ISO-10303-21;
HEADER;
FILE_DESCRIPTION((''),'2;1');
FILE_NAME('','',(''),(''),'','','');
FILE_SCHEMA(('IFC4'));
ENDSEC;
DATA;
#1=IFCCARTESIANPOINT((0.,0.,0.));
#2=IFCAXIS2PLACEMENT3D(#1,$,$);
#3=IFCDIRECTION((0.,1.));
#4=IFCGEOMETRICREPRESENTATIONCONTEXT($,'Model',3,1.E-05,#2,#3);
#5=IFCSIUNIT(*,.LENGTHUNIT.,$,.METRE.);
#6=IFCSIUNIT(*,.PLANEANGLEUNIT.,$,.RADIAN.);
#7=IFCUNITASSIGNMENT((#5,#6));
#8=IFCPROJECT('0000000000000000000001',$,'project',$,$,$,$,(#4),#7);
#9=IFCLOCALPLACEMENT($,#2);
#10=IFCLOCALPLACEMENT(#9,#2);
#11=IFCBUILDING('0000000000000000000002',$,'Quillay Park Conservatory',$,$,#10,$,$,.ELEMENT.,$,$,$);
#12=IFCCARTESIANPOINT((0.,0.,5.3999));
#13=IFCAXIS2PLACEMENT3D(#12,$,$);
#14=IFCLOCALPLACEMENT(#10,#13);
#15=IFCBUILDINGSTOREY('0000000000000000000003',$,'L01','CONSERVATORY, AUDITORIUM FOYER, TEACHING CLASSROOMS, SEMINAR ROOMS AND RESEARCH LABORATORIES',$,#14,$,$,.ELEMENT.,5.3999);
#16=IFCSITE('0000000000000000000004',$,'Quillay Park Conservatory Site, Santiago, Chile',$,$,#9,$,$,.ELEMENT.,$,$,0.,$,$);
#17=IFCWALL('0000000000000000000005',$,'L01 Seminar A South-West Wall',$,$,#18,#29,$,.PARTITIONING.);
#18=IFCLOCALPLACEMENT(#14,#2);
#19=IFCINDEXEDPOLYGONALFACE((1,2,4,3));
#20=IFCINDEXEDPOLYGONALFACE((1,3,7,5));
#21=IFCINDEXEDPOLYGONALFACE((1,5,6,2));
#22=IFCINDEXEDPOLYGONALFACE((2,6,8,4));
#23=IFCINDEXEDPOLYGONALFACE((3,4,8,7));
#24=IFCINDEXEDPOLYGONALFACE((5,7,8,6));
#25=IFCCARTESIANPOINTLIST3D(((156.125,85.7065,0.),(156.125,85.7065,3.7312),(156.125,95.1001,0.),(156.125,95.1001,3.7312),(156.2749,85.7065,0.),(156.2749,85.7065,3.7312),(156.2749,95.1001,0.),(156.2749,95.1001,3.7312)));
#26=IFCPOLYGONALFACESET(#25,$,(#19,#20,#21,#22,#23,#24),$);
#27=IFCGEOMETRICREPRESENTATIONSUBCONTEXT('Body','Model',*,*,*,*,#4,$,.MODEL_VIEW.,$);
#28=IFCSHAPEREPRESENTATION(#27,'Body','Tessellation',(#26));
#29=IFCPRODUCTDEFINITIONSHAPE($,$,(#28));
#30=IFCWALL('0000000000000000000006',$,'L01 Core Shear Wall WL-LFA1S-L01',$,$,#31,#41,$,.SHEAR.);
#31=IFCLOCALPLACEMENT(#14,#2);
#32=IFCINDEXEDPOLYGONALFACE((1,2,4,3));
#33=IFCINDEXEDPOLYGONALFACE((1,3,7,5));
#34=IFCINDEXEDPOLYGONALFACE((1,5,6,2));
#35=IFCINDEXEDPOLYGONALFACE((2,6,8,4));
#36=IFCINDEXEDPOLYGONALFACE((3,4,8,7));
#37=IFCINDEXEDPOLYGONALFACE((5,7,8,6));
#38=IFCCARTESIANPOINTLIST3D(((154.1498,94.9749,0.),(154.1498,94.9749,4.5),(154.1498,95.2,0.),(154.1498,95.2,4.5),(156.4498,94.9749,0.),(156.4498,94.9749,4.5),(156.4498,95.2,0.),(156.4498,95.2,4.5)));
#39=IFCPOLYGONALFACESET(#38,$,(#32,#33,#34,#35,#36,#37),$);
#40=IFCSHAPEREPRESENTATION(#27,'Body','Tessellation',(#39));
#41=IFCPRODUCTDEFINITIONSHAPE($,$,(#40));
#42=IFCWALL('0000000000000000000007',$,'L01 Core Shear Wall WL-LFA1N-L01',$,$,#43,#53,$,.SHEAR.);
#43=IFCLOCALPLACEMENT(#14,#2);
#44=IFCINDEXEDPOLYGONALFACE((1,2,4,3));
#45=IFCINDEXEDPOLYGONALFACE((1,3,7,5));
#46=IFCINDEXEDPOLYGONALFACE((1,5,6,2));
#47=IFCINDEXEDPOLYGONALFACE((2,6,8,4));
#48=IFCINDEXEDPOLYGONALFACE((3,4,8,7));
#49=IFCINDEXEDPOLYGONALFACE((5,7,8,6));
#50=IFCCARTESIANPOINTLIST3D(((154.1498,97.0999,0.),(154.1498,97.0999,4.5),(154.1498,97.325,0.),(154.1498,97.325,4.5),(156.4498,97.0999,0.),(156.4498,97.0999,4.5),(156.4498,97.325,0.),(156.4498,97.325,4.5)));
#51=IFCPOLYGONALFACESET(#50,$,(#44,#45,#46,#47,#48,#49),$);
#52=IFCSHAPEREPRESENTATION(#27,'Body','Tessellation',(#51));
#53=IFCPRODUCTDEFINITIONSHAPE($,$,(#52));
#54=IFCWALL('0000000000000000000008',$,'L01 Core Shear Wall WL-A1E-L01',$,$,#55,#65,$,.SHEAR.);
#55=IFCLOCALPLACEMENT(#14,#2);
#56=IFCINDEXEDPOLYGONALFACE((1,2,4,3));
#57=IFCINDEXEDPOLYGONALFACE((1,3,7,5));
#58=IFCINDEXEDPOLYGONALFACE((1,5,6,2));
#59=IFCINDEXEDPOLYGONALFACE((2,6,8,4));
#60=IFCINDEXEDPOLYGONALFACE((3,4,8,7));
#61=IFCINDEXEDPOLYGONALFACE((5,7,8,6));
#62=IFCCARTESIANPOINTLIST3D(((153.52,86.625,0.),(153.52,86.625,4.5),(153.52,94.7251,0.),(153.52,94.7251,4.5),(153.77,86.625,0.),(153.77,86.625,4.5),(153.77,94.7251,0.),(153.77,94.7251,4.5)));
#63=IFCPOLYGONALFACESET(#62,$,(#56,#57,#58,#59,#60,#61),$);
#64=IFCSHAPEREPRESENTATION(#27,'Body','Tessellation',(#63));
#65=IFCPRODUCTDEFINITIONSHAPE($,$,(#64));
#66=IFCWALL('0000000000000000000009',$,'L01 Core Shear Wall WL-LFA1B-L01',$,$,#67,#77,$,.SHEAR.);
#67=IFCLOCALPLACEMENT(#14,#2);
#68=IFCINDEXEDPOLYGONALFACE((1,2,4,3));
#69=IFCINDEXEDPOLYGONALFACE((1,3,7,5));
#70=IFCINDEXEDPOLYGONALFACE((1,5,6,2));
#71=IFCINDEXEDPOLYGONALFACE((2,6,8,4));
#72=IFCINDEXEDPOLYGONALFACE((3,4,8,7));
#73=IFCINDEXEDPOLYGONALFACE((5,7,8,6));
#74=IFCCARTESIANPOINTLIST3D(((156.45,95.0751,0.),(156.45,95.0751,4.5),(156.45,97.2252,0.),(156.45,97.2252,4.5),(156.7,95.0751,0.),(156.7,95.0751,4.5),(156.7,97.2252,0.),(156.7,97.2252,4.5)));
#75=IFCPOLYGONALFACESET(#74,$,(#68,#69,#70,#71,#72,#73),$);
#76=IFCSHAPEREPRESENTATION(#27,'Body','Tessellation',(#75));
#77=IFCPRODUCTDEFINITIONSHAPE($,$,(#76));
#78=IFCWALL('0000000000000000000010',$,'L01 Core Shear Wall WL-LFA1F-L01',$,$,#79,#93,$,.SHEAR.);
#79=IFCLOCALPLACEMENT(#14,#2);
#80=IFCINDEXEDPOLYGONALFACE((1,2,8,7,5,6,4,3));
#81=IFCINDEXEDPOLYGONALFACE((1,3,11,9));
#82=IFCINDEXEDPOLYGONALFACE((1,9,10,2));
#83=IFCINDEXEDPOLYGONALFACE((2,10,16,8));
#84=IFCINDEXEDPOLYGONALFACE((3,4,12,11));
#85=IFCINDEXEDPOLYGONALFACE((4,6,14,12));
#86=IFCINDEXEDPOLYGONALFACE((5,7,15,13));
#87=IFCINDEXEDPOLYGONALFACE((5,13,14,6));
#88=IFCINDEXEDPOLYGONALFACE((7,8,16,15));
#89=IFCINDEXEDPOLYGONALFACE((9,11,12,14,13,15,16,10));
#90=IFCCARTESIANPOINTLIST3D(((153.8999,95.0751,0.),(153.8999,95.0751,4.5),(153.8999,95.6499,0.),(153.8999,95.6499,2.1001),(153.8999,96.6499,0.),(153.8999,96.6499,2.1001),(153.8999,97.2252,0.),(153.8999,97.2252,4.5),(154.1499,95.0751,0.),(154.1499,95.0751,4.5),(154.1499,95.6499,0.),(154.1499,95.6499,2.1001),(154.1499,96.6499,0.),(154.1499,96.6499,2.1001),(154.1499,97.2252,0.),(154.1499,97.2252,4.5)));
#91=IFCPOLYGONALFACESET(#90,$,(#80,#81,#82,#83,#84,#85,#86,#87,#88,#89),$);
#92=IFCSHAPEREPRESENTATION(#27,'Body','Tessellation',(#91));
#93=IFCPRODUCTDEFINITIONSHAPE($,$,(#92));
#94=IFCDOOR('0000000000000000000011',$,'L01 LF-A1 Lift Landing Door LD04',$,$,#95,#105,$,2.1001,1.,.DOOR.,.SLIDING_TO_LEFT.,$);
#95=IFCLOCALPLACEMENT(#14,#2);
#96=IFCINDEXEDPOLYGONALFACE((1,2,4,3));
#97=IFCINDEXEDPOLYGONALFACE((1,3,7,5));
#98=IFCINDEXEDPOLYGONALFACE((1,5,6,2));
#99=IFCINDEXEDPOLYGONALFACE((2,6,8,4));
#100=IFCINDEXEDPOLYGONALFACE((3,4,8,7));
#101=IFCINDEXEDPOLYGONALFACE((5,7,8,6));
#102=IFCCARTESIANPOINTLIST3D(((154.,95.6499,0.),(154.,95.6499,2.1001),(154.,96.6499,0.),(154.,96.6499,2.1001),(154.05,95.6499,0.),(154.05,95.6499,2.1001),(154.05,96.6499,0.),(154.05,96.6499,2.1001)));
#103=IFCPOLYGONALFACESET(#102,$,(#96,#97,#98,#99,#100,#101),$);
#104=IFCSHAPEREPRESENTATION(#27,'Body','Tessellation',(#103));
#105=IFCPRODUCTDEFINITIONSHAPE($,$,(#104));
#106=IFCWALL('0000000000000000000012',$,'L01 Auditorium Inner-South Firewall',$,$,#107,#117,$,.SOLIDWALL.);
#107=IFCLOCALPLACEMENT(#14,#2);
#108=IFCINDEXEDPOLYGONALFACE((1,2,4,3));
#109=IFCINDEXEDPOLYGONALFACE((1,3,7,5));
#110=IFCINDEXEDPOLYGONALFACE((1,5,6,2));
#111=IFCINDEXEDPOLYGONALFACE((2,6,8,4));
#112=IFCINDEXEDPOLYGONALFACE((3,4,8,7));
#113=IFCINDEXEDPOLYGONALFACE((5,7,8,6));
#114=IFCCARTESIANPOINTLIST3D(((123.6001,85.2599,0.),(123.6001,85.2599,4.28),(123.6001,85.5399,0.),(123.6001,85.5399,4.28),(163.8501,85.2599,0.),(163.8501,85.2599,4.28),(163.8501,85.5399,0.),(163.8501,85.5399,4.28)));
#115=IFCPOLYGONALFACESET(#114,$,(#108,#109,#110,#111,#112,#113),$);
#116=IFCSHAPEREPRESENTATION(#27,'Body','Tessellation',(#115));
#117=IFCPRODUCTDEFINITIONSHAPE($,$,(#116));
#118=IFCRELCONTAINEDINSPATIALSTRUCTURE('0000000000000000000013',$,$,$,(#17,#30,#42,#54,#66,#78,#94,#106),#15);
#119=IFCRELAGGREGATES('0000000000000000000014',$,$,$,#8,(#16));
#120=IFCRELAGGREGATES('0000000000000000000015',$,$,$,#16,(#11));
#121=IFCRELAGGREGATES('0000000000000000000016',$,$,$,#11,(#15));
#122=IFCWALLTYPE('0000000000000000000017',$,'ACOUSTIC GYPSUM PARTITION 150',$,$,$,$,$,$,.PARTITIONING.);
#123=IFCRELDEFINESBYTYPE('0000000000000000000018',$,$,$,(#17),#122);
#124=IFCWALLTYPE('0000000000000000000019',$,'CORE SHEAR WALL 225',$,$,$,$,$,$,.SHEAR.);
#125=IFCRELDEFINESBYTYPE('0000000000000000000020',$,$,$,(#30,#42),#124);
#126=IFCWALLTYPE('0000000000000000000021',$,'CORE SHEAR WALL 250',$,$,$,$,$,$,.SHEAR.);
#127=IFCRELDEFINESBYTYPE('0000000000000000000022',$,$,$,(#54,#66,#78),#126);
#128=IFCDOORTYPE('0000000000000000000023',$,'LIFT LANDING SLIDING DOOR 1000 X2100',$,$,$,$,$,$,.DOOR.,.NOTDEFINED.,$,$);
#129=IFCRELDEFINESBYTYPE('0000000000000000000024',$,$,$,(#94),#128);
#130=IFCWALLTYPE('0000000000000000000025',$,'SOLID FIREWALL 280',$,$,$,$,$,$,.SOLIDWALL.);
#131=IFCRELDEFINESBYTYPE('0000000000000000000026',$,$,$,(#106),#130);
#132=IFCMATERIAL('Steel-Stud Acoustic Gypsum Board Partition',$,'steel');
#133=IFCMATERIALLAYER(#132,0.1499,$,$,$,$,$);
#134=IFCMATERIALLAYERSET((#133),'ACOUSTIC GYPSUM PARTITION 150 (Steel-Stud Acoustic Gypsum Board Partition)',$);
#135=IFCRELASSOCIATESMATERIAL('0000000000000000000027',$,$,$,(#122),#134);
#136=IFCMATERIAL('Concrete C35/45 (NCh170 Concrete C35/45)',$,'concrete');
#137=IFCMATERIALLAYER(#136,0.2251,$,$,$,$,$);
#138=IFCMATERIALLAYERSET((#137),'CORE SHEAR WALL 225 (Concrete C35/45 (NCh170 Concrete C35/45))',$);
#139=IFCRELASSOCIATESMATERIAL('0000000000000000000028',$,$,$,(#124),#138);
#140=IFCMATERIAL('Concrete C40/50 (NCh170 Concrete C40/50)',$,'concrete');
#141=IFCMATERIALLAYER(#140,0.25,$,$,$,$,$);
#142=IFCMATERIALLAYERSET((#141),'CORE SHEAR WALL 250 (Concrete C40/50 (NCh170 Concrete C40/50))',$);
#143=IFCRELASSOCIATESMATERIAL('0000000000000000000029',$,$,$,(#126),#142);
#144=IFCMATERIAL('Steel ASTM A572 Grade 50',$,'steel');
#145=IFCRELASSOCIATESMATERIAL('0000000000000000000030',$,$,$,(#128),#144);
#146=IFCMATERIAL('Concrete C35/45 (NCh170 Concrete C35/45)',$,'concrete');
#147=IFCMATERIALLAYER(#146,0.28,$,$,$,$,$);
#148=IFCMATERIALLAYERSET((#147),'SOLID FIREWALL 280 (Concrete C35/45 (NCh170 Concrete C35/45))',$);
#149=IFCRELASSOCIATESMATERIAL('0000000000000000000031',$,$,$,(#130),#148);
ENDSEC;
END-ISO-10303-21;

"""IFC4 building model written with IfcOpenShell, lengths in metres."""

from ifc_helpers import new_model, si_unit, direction, frame, frame_2d, origin, place, context, subcontext, project, spatial, rectangle, extrude, material, layer, layer_set, type_object, element, fill, save


model = new_model("IFC4")

# Units and contexts
model_context = context("Model", 3, precision=1e-05, world=origin(), true_north=direction((0.0, 1.0)))
body_context = subcontext(model_context, "Body", "Model", "MODEL_VIEW")
ifc_project = project(units=[si_unit("LENGTHUNIT", "METRE"), si_unit("PLANEANGLEUNIT", "RADIAN")], contexts=[model_context])

# Site, building, storey
site_placement = place(None, origin())
site = spatial("IfcSite", under=ifc_project, at=site_placement, Name="Quillay Park Conservatory Site, Santiago, Chile", CompositionType="ELEMENT", RefElevation=0.0)
building_placement = place(site_placement, origin())
building = spatial("IfcBuilding", under=site, at=building_placement, Name="Quillay Park Conservatory", CompositionType="ELEMENT")
storey_placement = place(building_placement, frame((0.0, 0.0, 5.3999)))
storey = spatial("IfcBuildingStorey", under=building, at=storey_placement, Name="L01", Description="CONSERVATORY, AUDITORIUM FOYER, TEACHING CLASSROOMS, SEMINAR ROOMS AND RESEARCH LABORATORIES", CompositionType="ELEMENT", Elevation=5.3999)

# Walls
ifc_material_1 = material(Name="Steel-Stud Acoustic Gypsum Board Partition", Category="steel")
ifc_layer_1 = layer(ifc_material_1, 0.1499)
ifc_layer_set_1 = layer_set([ifc_layer_1], Name="ACOUSTIC GYPSUM PARTITION 150 (Steel-Stud Acoustic Gypsum Board Partition)")
wall_type_1 = type_object("IfcWallType", Name="ACOUSTIC GYPSUM PARTITION 150", PredefinedType="PARTITIONING", material=ifc_layer_set_1)
wall_1_placement = place(storey_placement, frame((156.2, 85.7065, 0.0), z_axis=(0.0, 0.0, 1.0), x_axis=(0.0, 1.0, 0.0)))
element("IfcWall", 1, at=wall_1_placement, inside=storey, type_object=wall_type_1, Name="L01 Seminar A South-West Wall", PredefinedType="PARTITIONING", context=body_context, shape_type="SweptSolid", body=[
    extrude(rectangle(XDim=9.3936, YDim=0.1499, at=frame_2d((4.6968, 0.0))), origin(), (0.0, 0.0, 1.0), 3.7312),
])
ifc_material_2 = material(Name="Concrete C35/45 (NCh170 Concrete C35/45)", Category="concrete")
ifc_layer_2 = layer(ifc_material_2, 0.2251)
ifc_layer_set_2 = layer_set([ifc_layer_2], Name="CORE SHEAR WALL 225 (Concrete C35/45 (NCh170 Concrete C35/45))")
wall_type_2 = type_object("IfcWallType", Name="CORE SHEAR WALL 225", PredefinedType="SHEAR", material=ifc_layer_set_2)
for number, where, z_axis, x_axis, name in (
    (2, (154.1499, 95.0874, 0.0), (0.0, 0.0, 1.0), (1.0, 0.0, 0.0), "L01 Core Shear Wall WL-LFA1S-L01"),
    (3, (154.1499, 97.2124, 0.0), (0.0, 0.0, 1.0), (1.0, 0.0, 0.0), "L01 Core Shear Wall WL-LFA1N-L01"),
):
    element("IfcWall", number, at=place(storey_placement, frame(where, z_axis=z_axis, x_axis=x_axis)), inside=storey, type_object=wall_type_2, Name=name, PredefinedType="SHEAR", context=body_context, shape_type="SweptSolid", body=[
        extrude(rectangle(XDim=2.3, YDim=0.2251, at=frame_2d((1.1499, 0.0))), origin(), (0.0, 0.0, 1.0), 4.5),
    ])
ifc_material_3 = material(Name="Concrete C40/50 (NCh170 Concrete C40/50)", Category="concrete")
ifc_layer_3 = layer(ifc_material_3, 0.25)
ifc_layer_set_3 = layer_set([ifc_layer_3], Name="CORE SHEAR WALL 250 (Concrete C40/50 (NCh170 Concrete C40/50))")
wall_type_3 = type_object("IfcWallType", Name="CORE SHEAR WALL 250", PredefinedType="SHEAR", material=ifc_layer_set_3)
wall_2_placement = place(storey_placement, frame((153.645, 86.625, 0.0), z_axis=(0.0, 0.0, 1.0), x_axis=(0.0, 1.0, 0.0)))
element("IfcWall", 4, at=wall_2_placement, inside=storey, type_object=wall_type_3, Name="L01 Core Shear Wall WL-A1E-L01", PredefinedType="SHEAR", context=body_context, shape_type="SweptSolid", body=[
    extrude(rectangle(XDim=8.1001, YDim=0.25, at=frame_2d((4.05, 0.0))), origin(), (0.0, 0.0, 1.0), 4.5),
])
wall_3_placement = place(storey_placement, frame((156.575, 95.075, 0.0), z_axis=(0.0, 0.0, 1.0), x_axis=(0.0, 1.0, 0.0)))
element("IfcWall", 5, at=wall_3_placement, inside=storey, type_object=wall_type_3, Name="L01 Core Shear Wall WL-LFA1B-L01", PredefinedType="SHEAR", context=body_context, shape_type="SweptSolid", body=[
    extrude(rectangle(XDim=2.1501, YDim=0.25, at=frame_2d((1.0752, 0.0))), origin(), (0.0, 0.0, 1.0), 4.5),
])

# Wall, opening, door
wall_4_placement = place(storey_placement, frame((154.0249, 95.075, 0.0), z_axis=(0.0, 0.0, 1.0), x_axis=(0.0, 1.0, 0.0)))
wall_4 = element("IfcWall", 6, at=wall_4_placement, inside=storey, type_object=wall_type_3, Name="L01 Core Shear Wall WL-LFA1F-L01", PredefinedType="SHEAR", context=body_context, shape_type="SweptSolid", body=[
    extrude(rectangle(XDim=2.1501, YDim=0.25, at=frame_2d((1.0752, 0.0))), origin(), (0.0, 0.0, 1.0), 4.5),
])
opening_placement = place(wall_4_placement, frame((0.575, 0.0, 0.0)))
opening = element("IfcOpeningElement", 7, at=opening_placement, cuts=wall_4, PredefinedType="OPENING", context=body_context, shape_type="SweptSolid", body=[
    extrude(rectangle(XDim=1.0, YDim=2.1001, at=frame_2d((0.5, 1.05))), frame((0.0, 0.125, 0.0), z_axis=(0.0, -1.0, 0.0), x_axis=(1.0, 0.0, 0.0)), (0.0, 0.0, 1.0), 0.25),
])
ifc_material_4 = material(Name="Steel ASTM A572 Grade 50", Category="steel")
door_type = type_object("IfcDoorType", Name="LIFT LANDING SLIDING DOOR 1000 X2100", OperationType="NOTDEFINED", PredefinedType="DOOR", material=ifc_material_4)
door_placement = place(opening_placement, origin())
door = element("IfcDoor", 8, at=door_placement, inside=storey, type_object=door_type, Name="L01 LF-A1 Lift Landing Door LD04", OperationType="SLIDING_TO_LEFT", OverallHeight=2.1001, OverallWidth=1.0, PredefinedType="DOOR", context=body_context, shape_type="SweptSolid", body=[
    extrude(rectangle(XDim=1.0, YDim=2.1001, at=frame_2d((0.5, 1.05))), frame((0.0, 0.0249, 0.0), z_axis=(0.0, -1.0, 0.0), x_axis=(1.0, 0.0, 0.0)), (0.0, 0.0, 1.0), 0.05),
])
fill(opening, door)

# Wall
ifc_material_5 = material(Name="Concrete C35/45 (NCh170 Concrete C35/45)", Category="concrete")
ifc_layer_4 = layer(ifc_material_5, 0.28)
ifc_layer_set_4 = layer_set([ifc_layer_4], Name="SOLID FIREWALL 280 (Concrete C35/45 (NCh170 Concrete C35/45))")
wall_type_4 = type_object("IfcWallType", Name="SOLID FIREWALL 280", PredefinedType="SOLIDWALL", material=ifc_layer_set_4)
wall_5_placement = place(storey_placement, frame((163.8501, 85.3999, 0.0), z_axis=(0.0, 0.0, 1.0), x_axis=(-1.0, 0.0, 0.0)))
element("IfcWall", 9, at=wall_5_placement, inside=storey, type_object=wall_type_4, Name="L01 Auditorium Inner-South Firewall", PredefinedType="SOLIDWALL", context=body_context, shape_type="SweptSolid", body=[
    extrude(rectangle(XDim=40.25, YDim=0.28, at=frame_2d((20.125, 0.0))), origin(), (0.0, 0.0, 1.0), 4.28),
])

save(model, "model.ifc")
